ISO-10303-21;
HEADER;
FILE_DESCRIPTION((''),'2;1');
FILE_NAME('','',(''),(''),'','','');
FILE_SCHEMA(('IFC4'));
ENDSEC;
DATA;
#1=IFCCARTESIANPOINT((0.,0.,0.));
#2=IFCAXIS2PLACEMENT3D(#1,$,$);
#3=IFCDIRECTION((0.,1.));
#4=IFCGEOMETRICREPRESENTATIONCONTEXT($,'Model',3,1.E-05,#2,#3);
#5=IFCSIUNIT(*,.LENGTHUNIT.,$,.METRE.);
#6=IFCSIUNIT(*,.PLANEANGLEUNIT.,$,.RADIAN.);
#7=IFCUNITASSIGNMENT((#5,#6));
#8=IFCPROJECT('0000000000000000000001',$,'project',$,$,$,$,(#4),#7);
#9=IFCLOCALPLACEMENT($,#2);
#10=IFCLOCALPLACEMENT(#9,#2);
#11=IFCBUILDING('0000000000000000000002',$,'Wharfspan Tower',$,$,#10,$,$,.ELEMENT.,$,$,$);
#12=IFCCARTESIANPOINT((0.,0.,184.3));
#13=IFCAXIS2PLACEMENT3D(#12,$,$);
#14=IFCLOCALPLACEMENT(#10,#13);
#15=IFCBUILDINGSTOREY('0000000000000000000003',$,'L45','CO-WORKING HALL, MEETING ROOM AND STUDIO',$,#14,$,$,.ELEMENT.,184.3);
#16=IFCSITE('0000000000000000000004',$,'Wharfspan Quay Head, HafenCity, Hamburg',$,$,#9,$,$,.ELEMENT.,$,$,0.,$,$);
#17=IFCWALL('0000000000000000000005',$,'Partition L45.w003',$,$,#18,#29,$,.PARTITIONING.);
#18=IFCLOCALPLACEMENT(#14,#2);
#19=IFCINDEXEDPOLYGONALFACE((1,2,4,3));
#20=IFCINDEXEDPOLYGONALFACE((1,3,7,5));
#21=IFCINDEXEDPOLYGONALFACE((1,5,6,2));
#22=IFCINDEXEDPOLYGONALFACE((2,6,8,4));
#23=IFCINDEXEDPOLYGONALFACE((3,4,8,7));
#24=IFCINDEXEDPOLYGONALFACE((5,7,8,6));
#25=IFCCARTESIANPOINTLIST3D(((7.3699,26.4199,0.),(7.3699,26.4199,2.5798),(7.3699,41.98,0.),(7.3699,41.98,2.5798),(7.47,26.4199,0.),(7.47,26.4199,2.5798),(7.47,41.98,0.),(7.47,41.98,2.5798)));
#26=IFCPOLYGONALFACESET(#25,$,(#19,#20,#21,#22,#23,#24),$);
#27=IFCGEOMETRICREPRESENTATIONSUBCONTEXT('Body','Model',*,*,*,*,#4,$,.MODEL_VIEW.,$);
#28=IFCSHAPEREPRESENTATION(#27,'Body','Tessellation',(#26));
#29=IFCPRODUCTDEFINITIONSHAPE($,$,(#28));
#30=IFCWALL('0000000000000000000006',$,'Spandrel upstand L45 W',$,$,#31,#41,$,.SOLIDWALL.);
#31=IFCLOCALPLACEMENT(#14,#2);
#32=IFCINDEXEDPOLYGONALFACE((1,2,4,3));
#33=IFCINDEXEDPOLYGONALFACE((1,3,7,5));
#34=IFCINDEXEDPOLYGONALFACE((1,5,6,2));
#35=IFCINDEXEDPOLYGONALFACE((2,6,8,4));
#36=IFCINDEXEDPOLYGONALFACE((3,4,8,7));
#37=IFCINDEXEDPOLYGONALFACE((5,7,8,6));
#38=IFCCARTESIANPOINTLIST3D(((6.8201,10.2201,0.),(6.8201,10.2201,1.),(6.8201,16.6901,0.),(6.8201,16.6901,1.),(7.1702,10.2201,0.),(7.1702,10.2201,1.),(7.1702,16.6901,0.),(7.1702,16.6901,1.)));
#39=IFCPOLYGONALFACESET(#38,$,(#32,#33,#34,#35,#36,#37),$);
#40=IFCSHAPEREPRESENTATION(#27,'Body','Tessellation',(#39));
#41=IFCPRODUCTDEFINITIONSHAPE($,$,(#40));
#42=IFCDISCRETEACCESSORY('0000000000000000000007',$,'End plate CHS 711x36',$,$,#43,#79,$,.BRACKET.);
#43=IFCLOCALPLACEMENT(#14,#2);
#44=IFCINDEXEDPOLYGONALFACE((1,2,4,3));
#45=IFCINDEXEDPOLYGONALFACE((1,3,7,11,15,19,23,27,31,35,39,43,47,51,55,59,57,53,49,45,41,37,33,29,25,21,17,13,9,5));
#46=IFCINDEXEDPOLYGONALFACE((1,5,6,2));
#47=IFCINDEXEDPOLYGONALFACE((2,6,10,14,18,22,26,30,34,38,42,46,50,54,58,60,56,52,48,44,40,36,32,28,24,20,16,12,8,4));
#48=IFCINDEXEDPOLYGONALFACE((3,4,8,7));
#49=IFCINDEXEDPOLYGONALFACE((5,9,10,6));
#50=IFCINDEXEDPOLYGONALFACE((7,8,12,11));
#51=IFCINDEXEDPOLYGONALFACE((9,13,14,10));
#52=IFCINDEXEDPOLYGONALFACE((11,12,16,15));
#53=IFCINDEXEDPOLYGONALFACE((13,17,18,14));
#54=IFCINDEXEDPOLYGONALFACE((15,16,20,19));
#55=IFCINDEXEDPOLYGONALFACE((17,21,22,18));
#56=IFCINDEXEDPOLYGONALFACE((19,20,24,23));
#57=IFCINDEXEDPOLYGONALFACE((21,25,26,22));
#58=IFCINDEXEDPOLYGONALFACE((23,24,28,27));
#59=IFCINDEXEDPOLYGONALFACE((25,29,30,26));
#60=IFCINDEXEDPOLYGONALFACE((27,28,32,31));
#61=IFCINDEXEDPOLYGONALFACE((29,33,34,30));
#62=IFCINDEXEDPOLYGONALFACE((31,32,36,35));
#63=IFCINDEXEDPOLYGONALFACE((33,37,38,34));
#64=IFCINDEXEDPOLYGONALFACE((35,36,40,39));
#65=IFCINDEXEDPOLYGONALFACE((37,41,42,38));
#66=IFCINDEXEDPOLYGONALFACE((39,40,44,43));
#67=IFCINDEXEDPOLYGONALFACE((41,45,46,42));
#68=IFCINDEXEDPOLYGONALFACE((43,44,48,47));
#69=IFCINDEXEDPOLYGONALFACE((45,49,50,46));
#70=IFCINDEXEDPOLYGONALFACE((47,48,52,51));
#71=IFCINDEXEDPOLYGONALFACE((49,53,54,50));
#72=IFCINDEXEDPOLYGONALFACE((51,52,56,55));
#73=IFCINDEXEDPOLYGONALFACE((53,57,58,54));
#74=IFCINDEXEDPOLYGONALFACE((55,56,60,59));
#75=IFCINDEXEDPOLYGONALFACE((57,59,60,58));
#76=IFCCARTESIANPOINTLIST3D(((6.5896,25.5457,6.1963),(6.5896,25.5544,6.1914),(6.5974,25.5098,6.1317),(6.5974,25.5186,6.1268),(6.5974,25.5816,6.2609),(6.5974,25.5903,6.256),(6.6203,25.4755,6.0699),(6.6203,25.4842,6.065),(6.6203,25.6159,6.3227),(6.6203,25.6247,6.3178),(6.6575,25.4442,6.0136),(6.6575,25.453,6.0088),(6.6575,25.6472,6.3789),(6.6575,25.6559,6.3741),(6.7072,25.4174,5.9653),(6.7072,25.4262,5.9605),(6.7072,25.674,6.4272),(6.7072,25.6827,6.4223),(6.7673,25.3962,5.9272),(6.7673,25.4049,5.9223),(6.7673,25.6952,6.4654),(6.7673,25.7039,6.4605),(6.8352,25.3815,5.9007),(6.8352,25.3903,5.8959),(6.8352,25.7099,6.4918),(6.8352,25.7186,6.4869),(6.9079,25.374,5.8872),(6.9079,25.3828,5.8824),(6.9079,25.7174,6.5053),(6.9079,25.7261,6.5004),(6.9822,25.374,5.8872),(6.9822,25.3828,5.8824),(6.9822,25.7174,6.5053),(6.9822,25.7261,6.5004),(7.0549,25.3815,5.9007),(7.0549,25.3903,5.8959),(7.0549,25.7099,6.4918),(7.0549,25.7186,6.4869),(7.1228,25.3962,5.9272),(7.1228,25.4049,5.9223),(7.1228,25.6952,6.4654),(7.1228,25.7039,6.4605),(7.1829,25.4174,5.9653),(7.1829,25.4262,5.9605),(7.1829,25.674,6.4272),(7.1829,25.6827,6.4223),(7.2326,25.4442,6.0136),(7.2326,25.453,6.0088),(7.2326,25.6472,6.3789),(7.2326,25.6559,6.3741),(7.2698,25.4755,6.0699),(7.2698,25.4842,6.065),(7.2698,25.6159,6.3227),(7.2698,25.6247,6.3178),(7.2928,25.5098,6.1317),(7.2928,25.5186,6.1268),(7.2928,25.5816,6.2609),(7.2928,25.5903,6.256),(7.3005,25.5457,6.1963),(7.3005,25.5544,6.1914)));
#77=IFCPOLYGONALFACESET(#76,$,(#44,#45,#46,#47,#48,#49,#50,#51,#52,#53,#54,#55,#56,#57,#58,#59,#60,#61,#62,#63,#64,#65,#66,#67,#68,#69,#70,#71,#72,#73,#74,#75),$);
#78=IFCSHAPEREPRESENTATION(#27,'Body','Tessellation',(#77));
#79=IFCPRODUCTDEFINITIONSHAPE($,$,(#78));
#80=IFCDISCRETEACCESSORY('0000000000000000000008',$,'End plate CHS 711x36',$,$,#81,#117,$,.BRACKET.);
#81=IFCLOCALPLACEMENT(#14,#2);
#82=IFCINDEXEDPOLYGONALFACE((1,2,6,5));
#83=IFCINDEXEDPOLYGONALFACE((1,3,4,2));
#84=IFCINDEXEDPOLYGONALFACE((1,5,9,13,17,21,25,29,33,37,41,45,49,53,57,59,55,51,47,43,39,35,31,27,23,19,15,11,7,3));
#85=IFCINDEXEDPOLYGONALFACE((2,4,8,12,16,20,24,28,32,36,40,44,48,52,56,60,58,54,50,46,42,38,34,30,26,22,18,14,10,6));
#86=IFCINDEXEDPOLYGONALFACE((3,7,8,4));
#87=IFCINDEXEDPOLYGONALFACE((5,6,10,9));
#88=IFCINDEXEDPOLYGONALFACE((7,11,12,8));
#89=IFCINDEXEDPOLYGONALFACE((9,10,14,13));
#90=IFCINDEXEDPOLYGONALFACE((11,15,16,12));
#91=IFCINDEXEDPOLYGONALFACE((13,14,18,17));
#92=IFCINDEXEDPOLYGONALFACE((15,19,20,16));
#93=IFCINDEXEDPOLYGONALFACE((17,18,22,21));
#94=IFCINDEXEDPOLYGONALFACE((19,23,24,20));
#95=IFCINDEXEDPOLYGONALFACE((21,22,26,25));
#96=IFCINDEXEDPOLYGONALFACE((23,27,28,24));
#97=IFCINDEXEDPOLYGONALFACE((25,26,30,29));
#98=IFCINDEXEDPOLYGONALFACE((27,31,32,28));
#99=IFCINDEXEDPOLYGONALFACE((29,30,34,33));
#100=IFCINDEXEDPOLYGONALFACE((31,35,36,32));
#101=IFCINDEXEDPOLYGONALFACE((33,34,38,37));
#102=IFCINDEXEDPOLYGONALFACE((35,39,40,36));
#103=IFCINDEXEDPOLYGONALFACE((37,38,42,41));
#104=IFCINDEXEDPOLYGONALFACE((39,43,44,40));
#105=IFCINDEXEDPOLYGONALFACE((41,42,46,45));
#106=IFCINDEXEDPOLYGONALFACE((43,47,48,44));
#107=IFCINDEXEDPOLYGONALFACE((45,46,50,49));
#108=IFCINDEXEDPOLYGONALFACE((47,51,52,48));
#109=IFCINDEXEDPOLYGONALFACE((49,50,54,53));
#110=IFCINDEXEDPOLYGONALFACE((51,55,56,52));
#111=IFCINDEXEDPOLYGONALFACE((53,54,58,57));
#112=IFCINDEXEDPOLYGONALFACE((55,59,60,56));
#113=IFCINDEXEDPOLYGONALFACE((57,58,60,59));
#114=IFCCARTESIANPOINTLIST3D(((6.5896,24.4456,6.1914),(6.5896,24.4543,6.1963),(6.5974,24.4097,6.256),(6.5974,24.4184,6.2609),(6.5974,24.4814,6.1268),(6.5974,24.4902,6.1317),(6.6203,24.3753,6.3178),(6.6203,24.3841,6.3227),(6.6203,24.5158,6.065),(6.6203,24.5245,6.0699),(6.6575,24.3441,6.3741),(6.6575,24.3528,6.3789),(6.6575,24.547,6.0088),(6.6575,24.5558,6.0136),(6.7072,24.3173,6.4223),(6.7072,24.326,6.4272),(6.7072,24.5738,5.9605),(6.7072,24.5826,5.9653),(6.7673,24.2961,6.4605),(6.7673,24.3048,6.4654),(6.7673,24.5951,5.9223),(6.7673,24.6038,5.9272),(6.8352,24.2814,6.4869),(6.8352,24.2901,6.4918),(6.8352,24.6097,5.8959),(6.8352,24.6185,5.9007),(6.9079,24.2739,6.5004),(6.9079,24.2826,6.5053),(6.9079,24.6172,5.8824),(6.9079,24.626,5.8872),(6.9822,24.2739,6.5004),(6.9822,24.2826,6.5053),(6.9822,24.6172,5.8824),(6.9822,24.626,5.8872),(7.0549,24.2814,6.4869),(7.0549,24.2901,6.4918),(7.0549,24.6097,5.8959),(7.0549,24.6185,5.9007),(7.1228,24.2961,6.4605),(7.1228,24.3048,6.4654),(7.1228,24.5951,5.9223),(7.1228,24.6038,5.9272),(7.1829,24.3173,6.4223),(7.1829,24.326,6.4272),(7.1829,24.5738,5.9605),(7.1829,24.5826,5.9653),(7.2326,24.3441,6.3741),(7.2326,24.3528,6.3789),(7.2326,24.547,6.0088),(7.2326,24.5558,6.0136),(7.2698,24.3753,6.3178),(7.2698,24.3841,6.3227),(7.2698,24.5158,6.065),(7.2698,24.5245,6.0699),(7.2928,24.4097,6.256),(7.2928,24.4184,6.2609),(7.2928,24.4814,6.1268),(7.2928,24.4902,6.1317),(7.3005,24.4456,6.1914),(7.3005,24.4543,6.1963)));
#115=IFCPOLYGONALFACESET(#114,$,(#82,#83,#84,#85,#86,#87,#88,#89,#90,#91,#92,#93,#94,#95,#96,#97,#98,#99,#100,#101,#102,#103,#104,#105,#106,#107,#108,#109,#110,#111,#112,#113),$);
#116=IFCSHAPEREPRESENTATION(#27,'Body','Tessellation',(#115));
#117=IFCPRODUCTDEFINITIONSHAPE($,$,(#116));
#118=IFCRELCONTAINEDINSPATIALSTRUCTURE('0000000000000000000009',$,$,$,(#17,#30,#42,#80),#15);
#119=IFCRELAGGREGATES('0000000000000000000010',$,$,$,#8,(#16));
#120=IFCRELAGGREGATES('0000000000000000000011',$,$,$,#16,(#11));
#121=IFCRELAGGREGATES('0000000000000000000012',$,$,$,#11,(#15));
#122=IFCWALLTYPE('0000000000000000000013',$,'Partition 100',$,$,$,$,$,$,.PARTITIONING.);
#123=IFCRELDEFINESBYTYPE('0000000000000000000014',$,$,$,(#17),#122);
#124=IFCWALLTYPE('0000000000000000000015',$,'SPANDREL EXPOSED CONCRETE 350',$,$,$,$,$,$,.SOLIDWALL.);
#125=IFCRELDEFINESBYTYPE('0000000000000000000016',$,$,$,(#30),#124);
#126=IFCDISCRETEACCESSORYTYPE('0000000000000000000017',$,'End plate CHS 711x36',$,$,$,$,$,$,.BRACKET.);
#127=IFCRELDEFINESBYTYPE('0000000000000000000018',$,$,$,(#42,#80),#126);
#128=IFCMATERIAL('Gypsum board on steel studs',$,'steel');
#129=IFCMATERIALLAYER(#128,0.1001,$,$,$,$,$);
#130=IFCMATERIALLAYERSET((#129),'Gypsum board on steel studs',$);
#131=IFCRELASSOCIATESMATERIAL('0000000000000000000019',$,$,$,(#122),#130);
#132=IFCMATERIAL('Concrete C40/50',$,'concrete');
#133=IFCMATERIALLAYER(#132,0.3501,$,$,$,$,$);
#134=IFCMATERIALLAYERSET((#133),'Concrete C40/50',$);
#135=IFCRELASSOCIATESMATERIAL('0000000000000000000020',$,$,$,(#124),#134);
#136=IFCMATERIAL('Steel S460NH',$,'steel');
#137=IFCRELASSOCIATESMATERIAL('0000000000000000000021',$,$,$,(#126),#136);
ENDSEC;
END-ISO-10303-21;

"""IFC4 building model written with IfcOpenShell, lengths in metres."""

from ifc_helpers import new_model, si_unit, direction, frame, frame_2d, origin, origin_2d, place, context, subcontext, project, spatial, rectangle, circle, extrude, material, layer, layer_set, material_profile, profile_set, type_object, element, save


model = new_model("IFC4")

# Units and contexts
model_context = context("Model", 3, precision=1e-05, world=origin(), true_north=direction((0.0, 1.0)))
body_context = subcontext(model_context, "Body", "Model", "MODEL_VIEW")
ifc_project = project(units=[si_unit("LENGTHUNIT", "METRE"), si_unit("PLANEANGLEUNIT", "RADIAN")], contexts=[model_context])

# Site, building, storey
site_placement = place(None, origin())
site = spatial("IfcSite", under=ifc_project, at=site_placement, Name="Wharfspan Quay Head, HafenCity, Hamburg", CompositionType="ELEMENT", RefElevation=0.0)
building_placement = place(site_placement, origin())
building = spatial("IfcBuilding", under=site, at=building_placement, Name="Wharfspan Tower", CompositionType="ELEMENT")
storey_placement = place(building_placement, frame((0.0, 0.0, 184.3)))
storey = spatial("IfcBuildingStorey", under=building, at=storey_placement, Name="L45", Description="CO-WORKING HALL, MEETING ROOM AND STUDIO", CompositionType="ELEMENT", Elevation=184.3)

# Shared definitions
ifc_material_1 = material(Name="Steel S460NH", Category="steel")

# Walls
ifc_material_2 = material(Name="Gypsum board on steel studs", Category="steel")
ifc_layer_1 = layer(ifc_material_2, 0.1001)
ifc_layer_set_1 = layer_set([ifc_layer_1], Name="Gypsum board on steel studs")
wall_type_1 = type_object("IfcWallType", Name="Partition 100", PredefinedType="PARTITIONING", material=ifc_layer_set_1)
wall_1_placement = place(storey_placement, frame((7.4199, 26.4199, 0.0), z_axis=(0.0, 0.0, 1.0), x_axis=(0.0, 1.0, 0.0)))
element("IfcWall", 1, at=wall_1_placement, inside=storey, type_object=wall_type_1, Name="Partition L45.w003", PredefinedType="PARTITIONING", context=body_context, shape_type="SweptSolid", body=[
    extrude(rectangle(XDim=15.5601, YDim=0.1001, at=frame_2d((7.78, 0.0))), origin(), (0.0, 0.0, 1.0), 2.5798),
])
ifc_material_3 = material(Name="Concrete C40/50", Category="concrete")
ifc_layer_2 = layer(ifc_material_3, 0.3501)
ifc_layer_set_2 = layer_set([ifc_layer_2], Name="Concrete C40/50")
wall_type_2 = type_object("IfcWallType", Name="SPANDREL EXPOSED CONCRETE 350", PredefinedType="SOLIDWALL", material=ifc_layer_set_2)
wall_2_placement = place(storey_placement, frame((6.9951, 16.6899, 0.0), z_axis=(0.0, 0.0, 1.0), x_axis=(0.0, -1.0, 0.0)))
element("IfcWall", 2, at=wall_2_placement, inside=storey, type_object=wall_type_2, Name="Spandrel upstand L45 W", PredefinedType="SOLIDWALL", context=body_context, shape_type="SweptSolid", body=[
    extrude(rectangle(XDim=6.47, YDim=0.3501, at=frame_2d((3.2349, 0.0))), origin(), (0.0, 0.0, 1.0), 1.0),
])

# Discrete accessories
ifc_material_profile_1 = material_profile(ifc_material_1, circle(Radius=0.3555, at=origin_2d()))
ifc_profile_set_1 = profile_set([ifc_material_profile_1], Name="Steel S460NH")
discrete_accessory_type = type_object("IfcDiscreteAccessoryType", Name="End plate CHS 711x36", PredefinedType="BRACKET", material=ifc_profile_set_1)
for number, where, z_axis, x_axis, name in (
    (3, (6.9451, 25.5544, 6.1914), (0.0, -0.874157, 0.485643), (1.0, 0.0, 0.0), "End plate CHS 711x36"),
    (4, (6.9451, 24.4456, 6.1914), (0.0, 0.874157, 0.485643), (-1.0, 0.0, 0.0), "End plate CHS 711x36"),
):
    element("IfcDiscreteAccessory", number, at=place(storey_placement, frame(where, z_axis=z_axis, x_axis=x_axis)), inside=storey, type_object=discrete_accessory_type, Name=name, PredefinedType="BRACKET", context=body_context, shape_type="SweptSolid", body=[
        extrude(circle(Radius=0.3555, at=origin_2d()), origin(), (0.0, 0.0, 1.0), 0.01),
    ])

save(model, "model.ifc")
